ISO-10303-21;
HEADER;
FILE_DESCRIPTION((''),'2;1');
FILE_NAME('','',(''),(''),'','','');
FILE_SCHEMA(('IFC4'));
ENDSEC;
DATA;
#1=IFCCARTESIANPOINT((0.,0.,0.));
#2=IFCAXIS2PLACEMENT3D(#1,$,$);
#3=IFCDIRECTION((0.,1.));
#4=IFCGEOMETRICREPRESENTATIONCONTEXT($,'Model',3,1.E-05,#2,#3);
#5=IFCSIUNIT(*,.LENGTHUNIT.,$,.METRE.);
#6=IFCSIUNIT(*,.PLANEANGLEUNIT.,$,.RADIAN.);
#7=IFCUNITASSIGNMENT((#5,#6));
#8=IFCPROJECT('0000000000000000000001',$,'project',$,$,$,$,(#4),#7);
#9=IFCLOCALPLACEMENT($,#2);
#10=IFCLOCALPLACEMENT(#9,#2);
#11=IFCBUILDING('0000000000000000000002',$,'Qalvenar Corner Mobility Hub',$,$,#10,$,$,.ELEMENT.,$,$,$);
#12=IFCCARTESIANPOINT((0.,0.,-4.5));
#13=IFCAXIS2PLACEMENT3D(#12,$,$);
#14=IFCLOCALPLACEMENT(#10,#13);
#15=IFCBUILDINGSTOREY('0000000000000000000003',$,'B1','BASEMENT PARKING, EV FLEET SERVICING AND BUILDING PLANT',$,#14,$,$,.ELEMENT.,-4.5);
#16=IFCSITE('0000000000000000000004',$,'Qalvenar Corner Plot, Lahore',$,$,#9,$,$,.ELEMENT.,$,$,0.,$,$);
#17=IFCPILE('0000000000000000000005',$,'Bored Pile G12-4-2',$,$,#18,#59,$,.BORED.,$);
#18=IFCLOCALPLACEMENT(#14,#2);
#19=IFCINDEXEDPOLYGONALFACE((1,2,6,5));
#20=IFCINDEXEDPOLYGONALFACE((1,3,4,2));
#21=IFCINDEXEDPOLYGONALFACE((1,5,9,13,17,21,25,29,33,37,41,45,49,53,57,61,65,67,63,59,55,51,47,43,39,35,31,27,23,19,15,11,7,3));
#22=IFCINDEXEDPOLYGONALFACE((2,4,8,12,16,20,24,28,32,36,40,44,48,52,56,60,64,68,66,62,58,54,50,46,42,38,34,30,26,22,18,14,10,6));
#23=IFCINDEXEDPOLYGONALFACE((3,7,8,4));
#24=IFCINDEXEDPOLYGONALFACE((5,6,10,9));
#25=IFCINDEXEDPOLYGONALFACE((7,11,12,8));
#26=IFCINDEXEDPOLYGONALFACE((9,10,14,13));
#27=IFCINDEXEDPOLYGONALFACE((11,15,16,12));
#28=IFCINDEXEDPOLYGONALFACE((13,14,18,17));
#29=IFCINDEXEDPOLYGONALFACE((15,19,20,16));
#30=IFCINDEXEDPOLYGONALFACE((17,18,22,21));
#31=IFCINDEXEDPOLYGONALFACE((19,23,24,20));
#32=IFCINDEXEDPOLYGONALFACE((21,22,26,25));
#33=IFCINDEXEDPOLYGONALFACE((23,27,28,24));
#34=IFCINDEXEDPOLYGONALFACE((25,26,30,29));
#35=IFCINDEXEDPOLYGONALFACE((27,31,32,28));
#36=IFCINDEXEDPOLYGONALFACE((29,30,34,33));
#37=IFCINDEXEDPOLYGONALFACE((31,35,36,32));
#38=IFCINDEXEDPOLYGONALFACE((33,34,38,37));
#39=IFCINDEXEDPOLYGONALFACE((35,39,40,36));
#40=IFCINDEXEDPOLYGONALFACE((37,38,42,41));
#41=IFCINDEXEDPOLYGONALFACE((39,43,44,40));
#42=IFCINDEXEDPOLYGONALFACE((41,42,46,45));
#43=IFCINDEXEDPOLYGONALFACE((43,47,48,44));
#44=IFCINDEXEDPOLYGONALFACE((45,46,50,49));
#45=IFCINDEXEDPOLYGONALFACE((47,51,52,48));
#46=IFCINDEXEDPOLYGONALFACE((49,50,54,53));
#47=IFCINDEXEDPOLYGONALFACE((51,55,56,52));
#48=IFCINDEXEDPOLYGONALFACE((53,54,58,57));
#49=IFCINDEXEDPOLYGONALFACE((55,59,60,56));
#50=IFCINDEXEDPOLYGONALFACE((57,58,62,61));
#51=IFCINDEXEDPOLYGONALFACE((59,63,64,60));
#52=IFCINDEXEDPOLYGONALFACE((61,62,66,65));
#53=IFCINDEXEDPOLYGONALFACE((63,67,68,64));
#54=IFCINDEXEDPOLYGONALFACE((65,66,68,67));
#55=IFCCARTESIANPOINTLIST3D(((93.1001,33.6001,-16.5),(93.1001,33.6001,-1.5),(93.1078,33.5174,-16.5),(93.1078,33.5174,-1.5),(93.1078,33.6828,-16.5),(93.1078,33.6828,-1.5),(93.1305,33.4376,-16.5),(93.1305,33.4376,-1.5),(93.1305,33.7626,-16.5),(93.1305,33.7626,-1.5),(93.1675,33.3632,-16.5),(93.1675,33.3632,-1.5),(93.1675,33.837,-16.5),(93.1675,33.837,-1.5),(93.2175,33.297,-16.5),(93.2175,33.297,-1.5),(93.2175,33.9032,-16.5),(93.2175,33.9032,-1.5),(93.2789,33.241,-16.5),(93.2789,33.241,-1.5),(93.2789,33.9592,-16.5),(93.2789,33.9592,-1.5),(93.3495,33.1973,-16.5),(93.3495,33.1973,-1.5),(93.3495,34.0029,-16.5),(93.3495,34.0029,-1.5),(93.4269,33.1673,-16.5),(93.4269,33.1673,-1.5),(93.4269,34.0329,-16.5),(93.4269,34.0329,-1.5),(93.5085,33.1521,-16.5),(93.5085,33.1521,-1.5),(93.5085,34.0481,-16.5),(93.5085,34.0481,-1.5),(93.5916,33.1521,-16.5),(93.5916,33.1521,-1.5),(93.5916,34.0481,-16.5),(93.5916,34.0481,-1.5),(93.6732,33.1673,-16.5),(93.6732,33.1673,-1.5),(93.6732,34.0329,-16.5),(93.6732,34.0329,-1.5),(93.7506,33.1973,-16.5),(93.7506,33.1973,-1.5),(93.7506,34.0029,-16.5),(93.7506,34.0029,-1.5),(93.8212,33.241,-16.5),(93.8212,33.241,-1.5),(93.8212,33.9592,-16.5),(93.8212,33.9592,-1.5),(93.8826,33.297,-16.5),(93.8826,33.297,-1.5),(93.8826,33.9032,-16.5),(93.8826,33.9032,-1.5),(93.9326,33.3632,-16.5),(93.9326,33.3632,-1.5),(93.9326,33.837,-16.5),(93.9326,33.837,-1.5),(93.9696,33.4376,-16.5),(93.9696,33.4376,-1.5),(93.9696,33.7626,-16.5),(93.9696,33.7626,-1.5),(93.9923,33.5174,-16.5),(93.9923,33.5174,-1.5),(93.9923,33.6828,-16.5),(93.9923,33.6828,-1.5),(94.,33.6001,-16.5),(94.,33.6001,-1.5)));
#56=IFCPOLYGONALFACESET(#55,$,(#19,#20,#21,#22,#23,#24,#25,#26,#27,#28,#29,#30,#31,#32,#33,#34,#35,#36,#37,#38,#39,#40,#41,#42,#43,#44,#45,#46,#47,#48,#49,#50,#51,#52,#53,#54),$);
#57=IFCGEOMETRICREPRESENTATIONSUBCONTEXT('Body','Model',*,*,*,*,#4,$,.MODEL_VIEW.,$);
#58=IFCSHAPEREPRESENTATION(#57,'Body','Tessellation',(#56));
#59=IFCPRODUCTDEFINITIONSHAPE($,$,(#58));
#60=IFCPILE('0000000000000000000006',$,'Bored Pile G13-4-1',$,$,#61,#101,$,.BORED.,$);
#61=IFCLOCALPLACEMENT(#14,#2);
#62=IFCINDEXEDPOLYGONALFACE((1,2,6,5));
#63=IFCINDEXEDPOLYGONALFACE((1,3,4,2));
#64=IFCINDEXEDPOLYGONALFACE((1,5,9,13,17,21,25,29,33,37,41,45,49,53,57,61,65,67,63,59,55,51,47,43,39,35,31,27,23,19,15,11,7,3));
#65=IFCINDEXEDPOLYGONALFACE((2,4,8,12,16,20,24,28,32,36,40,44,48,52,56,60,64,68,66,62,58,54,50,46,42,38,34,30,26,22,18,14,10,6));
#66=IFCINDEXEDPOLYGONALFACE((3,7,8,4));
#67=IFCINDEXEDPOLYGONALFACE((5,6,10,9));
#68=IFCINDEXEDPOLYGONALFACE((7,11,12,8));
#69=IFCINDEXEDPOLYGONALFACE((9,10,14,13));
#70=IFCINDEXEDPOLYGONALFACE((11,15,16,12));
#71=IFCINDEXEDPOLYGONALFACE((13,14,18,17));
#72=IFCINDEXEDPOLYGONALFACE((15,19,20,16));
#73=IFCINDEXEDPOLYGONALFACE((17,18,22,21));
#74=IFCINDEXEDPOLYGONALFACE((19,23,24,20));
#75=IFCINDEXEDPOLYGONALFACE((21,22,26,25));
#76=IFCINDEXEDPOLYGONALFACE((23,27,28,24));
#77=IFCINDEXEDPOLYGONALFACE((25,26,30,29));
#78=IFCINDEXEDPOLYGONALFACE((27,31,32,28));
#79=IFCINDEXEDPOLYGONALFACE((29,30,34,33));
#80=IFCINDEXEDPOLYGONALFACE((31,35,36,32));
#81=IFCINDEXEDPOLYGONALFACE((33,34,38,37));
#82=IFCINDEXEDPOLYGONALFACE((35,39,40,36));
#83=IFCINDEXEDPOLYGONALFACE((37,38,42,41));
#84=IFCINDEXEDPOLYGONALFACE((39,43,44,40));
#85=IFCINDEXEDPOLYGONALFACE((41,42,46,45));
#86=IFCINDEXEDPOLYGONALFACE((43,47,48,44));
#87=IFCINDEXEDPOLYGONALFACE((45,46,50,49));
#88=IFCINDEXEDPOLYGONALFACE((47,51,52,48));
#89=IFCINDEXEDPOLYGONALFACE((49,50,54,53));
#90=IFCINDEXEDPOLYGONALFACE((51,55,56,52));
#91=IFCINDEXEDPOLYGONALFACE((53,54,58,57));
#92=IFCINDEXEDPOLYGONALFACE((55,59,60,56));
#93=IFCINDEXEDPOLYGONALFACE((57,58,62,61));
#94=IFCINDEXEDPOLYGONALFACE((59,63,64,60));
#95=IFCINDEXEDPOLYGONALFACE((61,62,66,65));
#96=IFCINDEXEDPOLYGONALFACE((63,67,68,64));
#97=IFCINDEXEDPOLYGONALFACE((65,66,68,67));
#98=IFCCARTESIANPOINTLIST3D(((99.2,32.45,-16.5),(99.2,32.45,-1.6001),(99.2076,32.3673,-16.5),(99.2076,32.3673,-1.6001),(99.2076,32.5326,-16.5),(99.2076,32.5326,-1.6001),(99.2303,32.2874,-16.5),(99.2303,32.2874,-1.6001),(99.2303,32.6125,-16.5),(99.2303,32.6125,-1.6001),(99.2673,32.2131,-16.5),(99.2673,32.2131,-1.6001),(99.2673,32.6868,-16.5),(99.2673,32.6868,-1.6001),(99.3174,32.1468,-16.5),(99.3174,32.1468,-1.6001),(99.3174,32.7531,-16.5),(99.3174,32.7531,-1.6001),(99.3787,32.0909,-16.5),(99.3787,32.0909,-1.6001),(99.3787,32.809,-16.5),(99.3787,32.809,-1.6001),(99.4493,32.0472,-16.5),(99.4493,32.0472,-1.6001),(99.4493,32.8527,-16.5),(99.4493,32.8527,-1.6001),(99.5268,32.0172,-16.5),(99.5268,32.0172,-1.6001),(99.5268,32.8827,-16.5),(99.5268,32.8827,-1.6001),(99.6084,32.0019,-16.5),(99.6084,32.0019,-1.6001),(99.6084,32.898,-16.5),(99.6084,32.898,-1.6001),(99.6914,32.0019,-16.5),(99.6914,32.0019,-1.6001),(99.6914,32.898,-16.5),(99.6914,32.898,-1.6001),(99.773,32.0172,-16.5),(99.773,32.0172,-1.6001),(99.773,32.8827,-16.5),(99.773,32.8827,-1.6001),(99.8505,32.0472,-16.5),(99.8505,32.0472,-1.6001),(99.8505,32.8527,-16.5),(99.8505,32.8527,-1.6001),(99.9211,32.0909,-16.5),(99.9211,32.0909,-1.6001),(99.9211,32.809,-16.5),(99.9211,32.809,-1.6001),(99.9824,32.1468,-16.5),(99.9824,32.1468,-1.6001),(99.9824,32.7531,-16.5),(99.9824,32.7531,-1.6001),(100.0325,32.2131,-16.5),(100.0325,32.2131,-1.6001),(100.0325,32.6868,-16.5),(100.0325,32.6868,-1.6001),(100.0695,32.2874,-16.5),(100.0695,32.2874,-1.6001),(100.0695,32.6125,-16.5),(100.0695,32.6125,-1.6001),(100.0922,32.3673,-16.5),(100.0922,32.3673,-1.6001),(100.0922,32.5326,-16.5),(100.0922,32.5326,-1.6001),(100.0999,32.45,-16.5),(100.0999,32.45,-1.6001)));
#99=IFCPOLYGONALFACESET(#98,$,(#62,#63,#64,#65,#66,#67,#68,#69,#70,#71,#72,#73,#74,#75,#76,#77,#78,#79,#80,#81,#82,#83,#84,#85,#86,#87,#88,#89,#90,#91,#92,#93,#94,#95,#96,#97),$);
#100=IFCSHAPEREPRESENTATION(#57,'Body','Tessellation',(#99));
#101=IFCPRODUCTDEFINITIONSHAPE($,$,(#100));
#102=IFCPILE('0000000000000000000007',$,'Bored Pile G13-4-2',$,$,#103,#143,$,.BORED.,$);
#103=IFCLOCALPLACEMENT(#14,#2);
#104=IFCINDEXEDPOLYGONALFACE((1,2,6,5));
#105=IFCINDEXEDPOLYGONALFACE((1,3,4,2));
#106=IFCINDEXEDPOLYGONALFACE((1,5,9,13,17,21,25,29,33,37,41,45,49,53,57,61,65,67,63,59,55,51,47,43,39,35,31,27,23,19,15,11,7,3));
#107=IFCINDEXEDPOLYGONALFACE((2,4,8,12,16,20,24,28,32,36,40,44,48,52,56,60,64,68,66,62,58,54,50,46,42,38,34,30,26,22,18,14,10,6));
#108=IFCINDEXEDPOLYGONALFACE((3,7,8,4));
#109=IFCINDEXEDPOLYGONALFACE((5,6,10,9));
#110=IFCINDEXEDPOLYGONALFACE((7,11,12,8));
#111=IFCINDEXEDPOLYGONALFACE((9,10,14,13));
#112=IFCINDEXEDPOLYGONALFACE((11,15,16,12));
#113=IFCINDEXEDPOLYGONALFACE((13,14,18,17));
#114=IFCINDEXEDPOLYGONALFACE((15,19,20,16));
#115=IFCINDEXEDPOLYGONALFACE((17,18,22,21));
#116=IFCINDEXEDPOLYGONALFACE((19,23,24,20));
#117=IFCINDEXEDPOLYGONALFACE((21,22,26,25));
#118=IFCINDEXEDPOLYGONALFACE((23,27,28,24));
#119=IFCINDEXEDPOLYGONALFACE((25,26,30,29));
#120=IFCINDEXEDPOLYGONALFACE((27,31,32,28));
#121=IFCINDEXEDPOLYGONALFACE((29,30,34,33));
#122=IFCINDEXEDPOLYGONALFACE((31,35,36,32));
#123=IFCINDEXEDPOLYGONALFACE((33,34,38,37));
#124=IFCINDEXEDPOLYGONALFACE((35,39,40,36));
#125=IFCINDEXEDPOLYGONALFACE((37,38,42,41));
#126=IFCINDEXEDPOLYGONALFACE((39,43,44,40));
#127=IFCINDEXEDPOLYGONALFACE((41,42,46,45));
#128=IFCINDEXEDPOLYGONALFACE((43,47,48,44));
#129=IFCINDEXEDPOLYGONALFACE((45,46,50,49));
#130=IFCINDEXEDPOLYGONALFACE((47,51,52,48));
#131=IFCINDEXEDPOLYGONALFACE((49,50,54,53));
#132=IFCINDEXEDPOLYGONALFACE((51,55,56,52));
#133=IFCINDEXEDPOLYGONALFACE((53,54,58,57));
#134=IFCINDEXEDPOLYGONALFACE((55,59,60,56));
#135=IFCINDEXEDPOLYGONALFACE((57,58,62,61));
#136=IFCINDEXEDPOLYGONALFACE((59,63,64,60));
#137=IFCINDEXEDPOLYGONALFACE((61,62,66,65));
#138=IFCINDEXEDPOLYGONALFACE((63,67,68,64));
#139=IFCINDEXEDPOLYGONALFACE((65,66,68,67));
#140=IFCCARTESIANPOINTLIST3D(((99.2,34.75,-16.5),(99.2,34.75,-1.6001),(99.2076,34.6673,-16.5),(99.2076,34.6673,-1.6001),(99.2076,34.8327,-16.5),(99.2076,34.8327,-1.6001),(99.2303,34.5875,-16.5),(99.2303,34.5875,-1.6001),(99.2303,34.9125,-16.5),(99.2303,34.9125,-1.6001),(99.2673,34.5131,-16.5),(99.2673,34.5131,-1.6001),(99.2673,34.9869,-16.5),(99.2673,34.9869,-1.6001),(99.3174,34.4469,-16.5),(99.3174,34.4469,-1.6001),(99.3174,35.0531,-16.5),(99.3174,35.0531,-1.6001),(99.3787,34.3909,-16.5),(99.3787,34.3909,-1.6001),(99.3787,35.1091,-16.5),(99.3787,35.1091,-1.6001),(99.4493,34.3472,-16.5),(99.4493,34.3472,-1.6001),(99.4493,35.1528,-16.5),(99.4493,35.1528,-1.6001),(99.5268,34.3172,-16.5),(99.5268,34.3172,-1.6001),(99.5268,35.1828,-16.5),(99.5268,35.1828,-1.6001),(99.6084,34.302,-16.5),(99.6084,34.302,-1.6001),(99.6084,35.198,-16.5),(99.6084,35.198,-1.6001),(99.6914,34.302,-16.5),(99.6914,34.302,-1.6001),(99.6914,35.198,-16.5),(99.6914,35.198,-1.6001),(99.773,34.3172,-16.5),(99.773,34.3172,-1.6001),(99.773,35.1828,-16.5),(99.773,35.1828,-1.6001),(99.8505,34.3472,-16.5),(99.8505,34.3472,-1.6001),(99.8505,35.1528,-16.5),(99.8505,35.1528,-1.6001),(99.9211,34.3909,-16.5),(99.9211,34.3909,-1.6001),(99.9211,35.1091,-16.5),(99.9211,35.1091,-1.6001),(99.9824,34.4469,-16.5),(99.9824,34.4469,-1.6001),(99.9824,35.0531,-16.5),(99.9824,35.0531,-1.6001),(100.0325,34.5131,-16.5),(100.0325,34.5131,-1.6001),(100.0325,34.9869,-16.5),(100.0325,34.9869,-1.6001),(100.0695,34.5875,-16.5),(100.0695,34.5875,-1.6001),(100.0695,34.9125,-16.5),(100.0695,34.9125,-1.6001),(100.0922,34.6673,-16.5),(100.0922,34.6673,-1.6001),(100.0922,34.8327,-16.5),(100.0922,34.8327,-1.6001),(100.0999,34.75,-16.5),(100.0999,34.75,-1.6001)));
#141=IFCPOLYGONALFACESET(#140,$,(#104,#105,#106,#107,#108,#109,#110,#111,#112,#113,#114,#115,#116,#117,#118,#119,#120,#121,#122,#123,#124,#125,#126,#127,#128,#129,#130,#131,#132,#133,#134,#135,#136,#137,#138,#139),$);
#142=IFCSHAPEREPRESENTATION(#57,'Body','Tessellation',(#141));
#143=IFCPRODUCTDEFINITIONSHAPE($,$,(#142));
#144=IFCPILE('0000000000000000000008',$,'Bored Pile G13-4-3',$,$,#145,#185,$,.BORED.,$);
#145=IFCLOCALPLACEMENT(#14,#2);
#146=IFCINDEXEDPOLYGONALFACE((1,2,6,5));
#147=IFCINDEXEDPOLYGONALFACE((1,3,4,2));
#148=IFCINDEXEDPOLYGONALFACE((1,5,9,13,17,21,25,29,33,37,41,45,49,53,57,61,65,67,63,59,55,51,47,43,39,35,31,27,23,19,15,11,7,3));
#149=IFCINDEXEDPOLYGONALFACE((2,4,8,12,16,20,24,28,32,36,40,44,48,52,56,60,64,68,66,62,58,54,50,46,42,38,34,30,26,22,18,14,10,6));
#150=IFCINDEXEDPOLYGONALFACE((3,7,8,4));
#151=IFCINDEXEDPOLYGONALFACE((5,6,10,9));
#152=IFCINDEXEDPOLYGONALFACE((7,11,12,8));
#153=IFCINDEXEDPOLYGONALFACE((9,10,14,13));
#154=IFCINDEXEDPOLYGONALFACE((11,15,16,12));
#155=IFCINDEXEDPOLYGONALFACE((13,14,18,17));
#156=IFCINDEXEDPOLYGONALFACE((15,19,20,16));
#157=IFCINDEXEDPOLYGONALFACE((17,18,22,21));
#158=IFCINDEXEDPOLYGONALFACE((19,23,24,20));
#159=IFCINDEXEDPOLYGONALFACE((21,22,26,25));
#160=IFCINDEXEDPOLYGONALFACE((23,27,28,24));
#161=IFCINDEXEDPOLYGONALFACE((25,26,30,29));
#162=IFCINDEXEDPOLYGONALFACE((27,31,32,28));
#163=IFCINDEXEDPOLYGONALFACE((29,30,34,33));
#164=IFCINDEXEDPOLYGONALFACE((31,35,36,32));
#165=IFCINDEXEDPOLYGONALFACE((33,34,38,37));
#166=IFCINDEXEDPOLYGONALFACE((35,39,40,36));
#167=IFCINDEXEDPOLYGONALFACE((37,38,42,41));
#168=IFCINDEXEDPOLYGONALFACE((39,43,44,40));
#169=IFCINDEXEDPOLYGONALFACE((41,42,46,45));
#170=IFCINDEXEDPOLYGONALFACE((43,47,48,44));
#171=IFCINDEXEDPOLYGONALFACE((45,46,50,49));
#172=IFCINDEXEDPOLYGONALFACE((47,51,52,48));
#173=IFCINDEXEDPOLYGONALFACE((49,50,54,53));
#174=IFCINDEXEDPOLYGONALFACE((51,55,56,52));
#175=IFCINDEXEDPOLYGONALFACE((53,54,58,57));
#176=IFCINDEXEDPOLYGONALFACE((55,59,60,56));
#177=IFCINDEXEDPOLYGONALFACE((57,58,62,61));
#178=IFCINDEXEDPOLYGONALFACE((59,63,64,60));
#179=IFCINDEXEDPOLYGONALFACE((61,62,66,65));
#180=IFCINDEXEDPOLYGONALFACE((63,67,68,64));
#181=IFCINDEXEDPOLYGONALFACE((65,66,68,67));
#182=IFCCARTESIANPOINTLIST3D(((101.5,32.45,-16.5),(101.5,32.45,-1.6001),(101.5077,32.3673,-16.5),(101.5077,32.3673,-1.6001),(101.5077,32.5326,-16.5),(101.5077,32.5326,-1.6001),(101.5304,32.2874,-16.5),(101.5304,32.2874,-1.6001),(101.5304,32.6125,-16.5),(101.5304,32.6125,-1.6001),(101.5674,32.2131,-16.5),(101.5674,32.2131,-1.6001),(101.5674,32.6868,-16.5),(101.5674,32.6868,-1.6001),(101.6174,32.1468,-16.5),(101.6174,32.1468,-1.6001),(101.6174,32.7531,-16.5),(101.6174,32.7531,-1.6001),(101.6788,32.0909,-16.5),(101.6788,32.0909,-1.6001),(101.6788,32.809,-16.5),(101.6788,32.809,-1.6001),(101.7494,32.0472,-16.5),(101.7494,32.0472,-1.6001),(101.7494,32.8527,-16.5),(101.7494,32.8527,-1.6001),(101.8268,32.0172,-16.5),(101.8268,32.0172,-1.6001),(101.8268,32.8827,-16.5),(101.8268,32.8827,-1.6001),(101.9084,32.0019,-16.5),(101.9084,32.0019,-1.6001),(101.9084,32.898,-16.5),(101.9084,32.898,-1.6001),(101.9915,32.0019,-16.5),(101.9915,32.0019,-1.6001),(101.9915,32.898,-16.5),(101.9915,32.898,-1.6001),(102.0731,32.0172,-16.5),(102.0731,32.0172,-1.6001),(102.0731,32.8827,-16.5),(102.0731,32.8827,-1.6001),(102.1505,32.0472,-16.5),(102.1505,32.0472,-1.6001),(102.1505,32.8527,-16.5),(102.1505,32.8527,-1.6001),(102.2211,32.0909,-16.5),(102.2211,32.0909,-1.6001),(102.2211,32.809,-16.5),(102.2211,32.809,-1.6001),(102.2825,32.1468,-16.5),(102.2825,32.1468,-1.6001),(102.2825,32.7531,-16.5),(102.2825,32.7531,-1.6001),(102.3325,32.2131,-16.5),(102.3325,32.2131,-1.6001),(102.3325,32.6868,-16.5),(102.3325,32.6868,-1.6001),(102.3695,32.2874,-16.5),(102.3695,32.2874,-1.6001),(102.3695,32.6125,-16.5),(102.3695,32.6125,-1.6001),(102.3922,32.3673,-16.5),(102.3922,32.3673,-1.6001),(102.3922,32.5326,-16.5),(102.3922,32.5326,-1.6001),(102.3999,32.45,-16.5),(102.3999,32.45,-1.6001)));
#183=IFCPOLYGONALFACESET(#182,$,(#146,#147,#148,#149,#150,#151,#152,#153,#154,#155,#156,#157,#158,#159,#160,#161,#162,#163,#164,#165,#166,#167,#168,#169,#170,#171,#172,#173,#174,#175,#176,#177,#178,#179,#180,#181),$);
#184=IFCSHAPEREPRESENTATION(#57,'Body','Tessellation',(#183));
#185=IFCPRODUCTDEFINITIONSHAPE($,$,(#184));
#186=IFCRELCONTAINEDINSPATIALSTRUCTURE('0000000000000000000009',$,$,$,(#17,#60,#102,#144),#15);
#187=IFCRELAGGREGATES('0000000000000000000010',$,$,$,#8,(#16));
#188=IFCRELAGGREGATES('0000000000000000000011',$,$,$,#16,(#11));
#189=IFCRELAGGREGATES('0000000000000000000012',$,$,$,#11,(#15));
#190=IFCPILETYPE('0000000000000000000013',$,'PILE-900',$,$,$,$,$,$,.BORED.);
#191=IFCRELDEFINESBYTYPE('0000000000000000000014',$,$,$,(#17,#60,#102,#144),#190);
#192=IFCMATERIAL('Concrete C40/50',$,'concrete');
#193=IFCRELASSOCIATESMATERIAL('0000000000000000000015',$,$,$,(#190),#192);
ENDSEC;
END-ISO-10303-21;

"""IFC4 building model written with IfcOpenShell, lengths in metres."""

from ifc_helpers import new_model, si_unit, direction, frame, origin, origin_2d, place, context, subcontext, project, spatial, circle, extrude, material, material_profile, profile_set, type_object, element, save


model = new_model("IFC4")

# Units and contexts
model_context = context("Model", 3, precision=1e-05, world=origin(), true_north=direction((0.0, 1.0)))
body_context = subcontext(model_context, "Body", "Model", "MODEL_VIEW")
ifc_project = project(units=[si_unit("LENGTHUNIT", "METRE"), si_unit("PLANEANGLEUNIT", "RADIAN")], contexts=[model_context])

# Site, building, storey
site_placement = place(None, origin())
site = spatial("IfcSite", under=ifc_project, at=site_placement, Name="Qalvenar Corner Plot, Lahore", CompositionType="ELEMENT", RefElevation=0.0)
building_placement = place(site_placement, origin())
building = spatial("IfcBuilding", under=site, at=building_placement, Name="Qalvenar Corner Mobility Hub", CompositionType="ELEMENT")
storey_placement = place(building_placement, frame((0.0, 0.0, -4.5)))
storey = spatial("IfcBuildingStorey", under=building, at=storey_placement, Name="B1", Description="BASEMENT PARKING, EV FLEET SERVICING AND BUILDING PLANT", CompositionType="ELEMENT", Elevation=-4.5)

# Shared definitions
ifc_material_1 = material(Name="Concrete C40/50", Category="concrete")

# Piles
ifc_material_profile_1 = material_profile(ifc_material_1, circle(Radius=0.45, at=origin_2d()), Name="DIA900")
ifc_profile_set_1 = profile_set([ifc_material_profile_1], Name="Concrete C40/50")
pile_type_1 = type_object("IfcPileType", Name="PILE-900", PredefinedType="BORED", material=ifc_profile_set_1)
for number, where, z_axis, x_axis, name in (
    (1, (93.55, 33.6001, -1.5), (0.0, 0.0, -1.0), (1.0, 0.0, 0.0), "Bored Pile G12-4-2"),
):
    element("IfcPile", number, at=place(storey_placement, frame(where, z_axis=z_axis, x_axis=x_axis)), inside=storey, type_object=pile_type_1, Name=name, PredefinedType="BORED", context=body_context, shape_type="SweptSolid", body=[
        extrude(circle(Radius=0.45, at=origin_2d()), origin(), (0.0, 0.0, 1.0), 15.0),
    ])
for number, where, z_axis, x_axis, name in (
    (2, (99.6499, 32.45, -1.6001), (0.0, 0.0, -1.0), (1.0, 0.0, 0.0), "Bored Pile G13-4-1"),
    (3, (99.6499, 34.75, -1.6001), (0.0, 0.0, -1.0), (1.0, 0.0, 0.0), "Bored Pile G13-4-2"),
    (4, (101.95, 32.45, -1.6001), (0.0, 0.0, -1.0), (1.0, 0.0, 0.0), "Bored Pile G13-4-3"),
):
    element("IfcPile", number, at=place(storey_placement, frame(where, z_axis=z_axis, x_axis=x_axis)), inside=storey, type_object=pile_type_1, Name=name, PredefinedType="BORED", context=body_context, shape_type="SweptSolid", body=[
        extrude(circle(Radius=0.45, at=origin_2d()), origin(), (0.0, 0.0, 1.0), 14.8999),
    ])

save(model, "model.ifc")
